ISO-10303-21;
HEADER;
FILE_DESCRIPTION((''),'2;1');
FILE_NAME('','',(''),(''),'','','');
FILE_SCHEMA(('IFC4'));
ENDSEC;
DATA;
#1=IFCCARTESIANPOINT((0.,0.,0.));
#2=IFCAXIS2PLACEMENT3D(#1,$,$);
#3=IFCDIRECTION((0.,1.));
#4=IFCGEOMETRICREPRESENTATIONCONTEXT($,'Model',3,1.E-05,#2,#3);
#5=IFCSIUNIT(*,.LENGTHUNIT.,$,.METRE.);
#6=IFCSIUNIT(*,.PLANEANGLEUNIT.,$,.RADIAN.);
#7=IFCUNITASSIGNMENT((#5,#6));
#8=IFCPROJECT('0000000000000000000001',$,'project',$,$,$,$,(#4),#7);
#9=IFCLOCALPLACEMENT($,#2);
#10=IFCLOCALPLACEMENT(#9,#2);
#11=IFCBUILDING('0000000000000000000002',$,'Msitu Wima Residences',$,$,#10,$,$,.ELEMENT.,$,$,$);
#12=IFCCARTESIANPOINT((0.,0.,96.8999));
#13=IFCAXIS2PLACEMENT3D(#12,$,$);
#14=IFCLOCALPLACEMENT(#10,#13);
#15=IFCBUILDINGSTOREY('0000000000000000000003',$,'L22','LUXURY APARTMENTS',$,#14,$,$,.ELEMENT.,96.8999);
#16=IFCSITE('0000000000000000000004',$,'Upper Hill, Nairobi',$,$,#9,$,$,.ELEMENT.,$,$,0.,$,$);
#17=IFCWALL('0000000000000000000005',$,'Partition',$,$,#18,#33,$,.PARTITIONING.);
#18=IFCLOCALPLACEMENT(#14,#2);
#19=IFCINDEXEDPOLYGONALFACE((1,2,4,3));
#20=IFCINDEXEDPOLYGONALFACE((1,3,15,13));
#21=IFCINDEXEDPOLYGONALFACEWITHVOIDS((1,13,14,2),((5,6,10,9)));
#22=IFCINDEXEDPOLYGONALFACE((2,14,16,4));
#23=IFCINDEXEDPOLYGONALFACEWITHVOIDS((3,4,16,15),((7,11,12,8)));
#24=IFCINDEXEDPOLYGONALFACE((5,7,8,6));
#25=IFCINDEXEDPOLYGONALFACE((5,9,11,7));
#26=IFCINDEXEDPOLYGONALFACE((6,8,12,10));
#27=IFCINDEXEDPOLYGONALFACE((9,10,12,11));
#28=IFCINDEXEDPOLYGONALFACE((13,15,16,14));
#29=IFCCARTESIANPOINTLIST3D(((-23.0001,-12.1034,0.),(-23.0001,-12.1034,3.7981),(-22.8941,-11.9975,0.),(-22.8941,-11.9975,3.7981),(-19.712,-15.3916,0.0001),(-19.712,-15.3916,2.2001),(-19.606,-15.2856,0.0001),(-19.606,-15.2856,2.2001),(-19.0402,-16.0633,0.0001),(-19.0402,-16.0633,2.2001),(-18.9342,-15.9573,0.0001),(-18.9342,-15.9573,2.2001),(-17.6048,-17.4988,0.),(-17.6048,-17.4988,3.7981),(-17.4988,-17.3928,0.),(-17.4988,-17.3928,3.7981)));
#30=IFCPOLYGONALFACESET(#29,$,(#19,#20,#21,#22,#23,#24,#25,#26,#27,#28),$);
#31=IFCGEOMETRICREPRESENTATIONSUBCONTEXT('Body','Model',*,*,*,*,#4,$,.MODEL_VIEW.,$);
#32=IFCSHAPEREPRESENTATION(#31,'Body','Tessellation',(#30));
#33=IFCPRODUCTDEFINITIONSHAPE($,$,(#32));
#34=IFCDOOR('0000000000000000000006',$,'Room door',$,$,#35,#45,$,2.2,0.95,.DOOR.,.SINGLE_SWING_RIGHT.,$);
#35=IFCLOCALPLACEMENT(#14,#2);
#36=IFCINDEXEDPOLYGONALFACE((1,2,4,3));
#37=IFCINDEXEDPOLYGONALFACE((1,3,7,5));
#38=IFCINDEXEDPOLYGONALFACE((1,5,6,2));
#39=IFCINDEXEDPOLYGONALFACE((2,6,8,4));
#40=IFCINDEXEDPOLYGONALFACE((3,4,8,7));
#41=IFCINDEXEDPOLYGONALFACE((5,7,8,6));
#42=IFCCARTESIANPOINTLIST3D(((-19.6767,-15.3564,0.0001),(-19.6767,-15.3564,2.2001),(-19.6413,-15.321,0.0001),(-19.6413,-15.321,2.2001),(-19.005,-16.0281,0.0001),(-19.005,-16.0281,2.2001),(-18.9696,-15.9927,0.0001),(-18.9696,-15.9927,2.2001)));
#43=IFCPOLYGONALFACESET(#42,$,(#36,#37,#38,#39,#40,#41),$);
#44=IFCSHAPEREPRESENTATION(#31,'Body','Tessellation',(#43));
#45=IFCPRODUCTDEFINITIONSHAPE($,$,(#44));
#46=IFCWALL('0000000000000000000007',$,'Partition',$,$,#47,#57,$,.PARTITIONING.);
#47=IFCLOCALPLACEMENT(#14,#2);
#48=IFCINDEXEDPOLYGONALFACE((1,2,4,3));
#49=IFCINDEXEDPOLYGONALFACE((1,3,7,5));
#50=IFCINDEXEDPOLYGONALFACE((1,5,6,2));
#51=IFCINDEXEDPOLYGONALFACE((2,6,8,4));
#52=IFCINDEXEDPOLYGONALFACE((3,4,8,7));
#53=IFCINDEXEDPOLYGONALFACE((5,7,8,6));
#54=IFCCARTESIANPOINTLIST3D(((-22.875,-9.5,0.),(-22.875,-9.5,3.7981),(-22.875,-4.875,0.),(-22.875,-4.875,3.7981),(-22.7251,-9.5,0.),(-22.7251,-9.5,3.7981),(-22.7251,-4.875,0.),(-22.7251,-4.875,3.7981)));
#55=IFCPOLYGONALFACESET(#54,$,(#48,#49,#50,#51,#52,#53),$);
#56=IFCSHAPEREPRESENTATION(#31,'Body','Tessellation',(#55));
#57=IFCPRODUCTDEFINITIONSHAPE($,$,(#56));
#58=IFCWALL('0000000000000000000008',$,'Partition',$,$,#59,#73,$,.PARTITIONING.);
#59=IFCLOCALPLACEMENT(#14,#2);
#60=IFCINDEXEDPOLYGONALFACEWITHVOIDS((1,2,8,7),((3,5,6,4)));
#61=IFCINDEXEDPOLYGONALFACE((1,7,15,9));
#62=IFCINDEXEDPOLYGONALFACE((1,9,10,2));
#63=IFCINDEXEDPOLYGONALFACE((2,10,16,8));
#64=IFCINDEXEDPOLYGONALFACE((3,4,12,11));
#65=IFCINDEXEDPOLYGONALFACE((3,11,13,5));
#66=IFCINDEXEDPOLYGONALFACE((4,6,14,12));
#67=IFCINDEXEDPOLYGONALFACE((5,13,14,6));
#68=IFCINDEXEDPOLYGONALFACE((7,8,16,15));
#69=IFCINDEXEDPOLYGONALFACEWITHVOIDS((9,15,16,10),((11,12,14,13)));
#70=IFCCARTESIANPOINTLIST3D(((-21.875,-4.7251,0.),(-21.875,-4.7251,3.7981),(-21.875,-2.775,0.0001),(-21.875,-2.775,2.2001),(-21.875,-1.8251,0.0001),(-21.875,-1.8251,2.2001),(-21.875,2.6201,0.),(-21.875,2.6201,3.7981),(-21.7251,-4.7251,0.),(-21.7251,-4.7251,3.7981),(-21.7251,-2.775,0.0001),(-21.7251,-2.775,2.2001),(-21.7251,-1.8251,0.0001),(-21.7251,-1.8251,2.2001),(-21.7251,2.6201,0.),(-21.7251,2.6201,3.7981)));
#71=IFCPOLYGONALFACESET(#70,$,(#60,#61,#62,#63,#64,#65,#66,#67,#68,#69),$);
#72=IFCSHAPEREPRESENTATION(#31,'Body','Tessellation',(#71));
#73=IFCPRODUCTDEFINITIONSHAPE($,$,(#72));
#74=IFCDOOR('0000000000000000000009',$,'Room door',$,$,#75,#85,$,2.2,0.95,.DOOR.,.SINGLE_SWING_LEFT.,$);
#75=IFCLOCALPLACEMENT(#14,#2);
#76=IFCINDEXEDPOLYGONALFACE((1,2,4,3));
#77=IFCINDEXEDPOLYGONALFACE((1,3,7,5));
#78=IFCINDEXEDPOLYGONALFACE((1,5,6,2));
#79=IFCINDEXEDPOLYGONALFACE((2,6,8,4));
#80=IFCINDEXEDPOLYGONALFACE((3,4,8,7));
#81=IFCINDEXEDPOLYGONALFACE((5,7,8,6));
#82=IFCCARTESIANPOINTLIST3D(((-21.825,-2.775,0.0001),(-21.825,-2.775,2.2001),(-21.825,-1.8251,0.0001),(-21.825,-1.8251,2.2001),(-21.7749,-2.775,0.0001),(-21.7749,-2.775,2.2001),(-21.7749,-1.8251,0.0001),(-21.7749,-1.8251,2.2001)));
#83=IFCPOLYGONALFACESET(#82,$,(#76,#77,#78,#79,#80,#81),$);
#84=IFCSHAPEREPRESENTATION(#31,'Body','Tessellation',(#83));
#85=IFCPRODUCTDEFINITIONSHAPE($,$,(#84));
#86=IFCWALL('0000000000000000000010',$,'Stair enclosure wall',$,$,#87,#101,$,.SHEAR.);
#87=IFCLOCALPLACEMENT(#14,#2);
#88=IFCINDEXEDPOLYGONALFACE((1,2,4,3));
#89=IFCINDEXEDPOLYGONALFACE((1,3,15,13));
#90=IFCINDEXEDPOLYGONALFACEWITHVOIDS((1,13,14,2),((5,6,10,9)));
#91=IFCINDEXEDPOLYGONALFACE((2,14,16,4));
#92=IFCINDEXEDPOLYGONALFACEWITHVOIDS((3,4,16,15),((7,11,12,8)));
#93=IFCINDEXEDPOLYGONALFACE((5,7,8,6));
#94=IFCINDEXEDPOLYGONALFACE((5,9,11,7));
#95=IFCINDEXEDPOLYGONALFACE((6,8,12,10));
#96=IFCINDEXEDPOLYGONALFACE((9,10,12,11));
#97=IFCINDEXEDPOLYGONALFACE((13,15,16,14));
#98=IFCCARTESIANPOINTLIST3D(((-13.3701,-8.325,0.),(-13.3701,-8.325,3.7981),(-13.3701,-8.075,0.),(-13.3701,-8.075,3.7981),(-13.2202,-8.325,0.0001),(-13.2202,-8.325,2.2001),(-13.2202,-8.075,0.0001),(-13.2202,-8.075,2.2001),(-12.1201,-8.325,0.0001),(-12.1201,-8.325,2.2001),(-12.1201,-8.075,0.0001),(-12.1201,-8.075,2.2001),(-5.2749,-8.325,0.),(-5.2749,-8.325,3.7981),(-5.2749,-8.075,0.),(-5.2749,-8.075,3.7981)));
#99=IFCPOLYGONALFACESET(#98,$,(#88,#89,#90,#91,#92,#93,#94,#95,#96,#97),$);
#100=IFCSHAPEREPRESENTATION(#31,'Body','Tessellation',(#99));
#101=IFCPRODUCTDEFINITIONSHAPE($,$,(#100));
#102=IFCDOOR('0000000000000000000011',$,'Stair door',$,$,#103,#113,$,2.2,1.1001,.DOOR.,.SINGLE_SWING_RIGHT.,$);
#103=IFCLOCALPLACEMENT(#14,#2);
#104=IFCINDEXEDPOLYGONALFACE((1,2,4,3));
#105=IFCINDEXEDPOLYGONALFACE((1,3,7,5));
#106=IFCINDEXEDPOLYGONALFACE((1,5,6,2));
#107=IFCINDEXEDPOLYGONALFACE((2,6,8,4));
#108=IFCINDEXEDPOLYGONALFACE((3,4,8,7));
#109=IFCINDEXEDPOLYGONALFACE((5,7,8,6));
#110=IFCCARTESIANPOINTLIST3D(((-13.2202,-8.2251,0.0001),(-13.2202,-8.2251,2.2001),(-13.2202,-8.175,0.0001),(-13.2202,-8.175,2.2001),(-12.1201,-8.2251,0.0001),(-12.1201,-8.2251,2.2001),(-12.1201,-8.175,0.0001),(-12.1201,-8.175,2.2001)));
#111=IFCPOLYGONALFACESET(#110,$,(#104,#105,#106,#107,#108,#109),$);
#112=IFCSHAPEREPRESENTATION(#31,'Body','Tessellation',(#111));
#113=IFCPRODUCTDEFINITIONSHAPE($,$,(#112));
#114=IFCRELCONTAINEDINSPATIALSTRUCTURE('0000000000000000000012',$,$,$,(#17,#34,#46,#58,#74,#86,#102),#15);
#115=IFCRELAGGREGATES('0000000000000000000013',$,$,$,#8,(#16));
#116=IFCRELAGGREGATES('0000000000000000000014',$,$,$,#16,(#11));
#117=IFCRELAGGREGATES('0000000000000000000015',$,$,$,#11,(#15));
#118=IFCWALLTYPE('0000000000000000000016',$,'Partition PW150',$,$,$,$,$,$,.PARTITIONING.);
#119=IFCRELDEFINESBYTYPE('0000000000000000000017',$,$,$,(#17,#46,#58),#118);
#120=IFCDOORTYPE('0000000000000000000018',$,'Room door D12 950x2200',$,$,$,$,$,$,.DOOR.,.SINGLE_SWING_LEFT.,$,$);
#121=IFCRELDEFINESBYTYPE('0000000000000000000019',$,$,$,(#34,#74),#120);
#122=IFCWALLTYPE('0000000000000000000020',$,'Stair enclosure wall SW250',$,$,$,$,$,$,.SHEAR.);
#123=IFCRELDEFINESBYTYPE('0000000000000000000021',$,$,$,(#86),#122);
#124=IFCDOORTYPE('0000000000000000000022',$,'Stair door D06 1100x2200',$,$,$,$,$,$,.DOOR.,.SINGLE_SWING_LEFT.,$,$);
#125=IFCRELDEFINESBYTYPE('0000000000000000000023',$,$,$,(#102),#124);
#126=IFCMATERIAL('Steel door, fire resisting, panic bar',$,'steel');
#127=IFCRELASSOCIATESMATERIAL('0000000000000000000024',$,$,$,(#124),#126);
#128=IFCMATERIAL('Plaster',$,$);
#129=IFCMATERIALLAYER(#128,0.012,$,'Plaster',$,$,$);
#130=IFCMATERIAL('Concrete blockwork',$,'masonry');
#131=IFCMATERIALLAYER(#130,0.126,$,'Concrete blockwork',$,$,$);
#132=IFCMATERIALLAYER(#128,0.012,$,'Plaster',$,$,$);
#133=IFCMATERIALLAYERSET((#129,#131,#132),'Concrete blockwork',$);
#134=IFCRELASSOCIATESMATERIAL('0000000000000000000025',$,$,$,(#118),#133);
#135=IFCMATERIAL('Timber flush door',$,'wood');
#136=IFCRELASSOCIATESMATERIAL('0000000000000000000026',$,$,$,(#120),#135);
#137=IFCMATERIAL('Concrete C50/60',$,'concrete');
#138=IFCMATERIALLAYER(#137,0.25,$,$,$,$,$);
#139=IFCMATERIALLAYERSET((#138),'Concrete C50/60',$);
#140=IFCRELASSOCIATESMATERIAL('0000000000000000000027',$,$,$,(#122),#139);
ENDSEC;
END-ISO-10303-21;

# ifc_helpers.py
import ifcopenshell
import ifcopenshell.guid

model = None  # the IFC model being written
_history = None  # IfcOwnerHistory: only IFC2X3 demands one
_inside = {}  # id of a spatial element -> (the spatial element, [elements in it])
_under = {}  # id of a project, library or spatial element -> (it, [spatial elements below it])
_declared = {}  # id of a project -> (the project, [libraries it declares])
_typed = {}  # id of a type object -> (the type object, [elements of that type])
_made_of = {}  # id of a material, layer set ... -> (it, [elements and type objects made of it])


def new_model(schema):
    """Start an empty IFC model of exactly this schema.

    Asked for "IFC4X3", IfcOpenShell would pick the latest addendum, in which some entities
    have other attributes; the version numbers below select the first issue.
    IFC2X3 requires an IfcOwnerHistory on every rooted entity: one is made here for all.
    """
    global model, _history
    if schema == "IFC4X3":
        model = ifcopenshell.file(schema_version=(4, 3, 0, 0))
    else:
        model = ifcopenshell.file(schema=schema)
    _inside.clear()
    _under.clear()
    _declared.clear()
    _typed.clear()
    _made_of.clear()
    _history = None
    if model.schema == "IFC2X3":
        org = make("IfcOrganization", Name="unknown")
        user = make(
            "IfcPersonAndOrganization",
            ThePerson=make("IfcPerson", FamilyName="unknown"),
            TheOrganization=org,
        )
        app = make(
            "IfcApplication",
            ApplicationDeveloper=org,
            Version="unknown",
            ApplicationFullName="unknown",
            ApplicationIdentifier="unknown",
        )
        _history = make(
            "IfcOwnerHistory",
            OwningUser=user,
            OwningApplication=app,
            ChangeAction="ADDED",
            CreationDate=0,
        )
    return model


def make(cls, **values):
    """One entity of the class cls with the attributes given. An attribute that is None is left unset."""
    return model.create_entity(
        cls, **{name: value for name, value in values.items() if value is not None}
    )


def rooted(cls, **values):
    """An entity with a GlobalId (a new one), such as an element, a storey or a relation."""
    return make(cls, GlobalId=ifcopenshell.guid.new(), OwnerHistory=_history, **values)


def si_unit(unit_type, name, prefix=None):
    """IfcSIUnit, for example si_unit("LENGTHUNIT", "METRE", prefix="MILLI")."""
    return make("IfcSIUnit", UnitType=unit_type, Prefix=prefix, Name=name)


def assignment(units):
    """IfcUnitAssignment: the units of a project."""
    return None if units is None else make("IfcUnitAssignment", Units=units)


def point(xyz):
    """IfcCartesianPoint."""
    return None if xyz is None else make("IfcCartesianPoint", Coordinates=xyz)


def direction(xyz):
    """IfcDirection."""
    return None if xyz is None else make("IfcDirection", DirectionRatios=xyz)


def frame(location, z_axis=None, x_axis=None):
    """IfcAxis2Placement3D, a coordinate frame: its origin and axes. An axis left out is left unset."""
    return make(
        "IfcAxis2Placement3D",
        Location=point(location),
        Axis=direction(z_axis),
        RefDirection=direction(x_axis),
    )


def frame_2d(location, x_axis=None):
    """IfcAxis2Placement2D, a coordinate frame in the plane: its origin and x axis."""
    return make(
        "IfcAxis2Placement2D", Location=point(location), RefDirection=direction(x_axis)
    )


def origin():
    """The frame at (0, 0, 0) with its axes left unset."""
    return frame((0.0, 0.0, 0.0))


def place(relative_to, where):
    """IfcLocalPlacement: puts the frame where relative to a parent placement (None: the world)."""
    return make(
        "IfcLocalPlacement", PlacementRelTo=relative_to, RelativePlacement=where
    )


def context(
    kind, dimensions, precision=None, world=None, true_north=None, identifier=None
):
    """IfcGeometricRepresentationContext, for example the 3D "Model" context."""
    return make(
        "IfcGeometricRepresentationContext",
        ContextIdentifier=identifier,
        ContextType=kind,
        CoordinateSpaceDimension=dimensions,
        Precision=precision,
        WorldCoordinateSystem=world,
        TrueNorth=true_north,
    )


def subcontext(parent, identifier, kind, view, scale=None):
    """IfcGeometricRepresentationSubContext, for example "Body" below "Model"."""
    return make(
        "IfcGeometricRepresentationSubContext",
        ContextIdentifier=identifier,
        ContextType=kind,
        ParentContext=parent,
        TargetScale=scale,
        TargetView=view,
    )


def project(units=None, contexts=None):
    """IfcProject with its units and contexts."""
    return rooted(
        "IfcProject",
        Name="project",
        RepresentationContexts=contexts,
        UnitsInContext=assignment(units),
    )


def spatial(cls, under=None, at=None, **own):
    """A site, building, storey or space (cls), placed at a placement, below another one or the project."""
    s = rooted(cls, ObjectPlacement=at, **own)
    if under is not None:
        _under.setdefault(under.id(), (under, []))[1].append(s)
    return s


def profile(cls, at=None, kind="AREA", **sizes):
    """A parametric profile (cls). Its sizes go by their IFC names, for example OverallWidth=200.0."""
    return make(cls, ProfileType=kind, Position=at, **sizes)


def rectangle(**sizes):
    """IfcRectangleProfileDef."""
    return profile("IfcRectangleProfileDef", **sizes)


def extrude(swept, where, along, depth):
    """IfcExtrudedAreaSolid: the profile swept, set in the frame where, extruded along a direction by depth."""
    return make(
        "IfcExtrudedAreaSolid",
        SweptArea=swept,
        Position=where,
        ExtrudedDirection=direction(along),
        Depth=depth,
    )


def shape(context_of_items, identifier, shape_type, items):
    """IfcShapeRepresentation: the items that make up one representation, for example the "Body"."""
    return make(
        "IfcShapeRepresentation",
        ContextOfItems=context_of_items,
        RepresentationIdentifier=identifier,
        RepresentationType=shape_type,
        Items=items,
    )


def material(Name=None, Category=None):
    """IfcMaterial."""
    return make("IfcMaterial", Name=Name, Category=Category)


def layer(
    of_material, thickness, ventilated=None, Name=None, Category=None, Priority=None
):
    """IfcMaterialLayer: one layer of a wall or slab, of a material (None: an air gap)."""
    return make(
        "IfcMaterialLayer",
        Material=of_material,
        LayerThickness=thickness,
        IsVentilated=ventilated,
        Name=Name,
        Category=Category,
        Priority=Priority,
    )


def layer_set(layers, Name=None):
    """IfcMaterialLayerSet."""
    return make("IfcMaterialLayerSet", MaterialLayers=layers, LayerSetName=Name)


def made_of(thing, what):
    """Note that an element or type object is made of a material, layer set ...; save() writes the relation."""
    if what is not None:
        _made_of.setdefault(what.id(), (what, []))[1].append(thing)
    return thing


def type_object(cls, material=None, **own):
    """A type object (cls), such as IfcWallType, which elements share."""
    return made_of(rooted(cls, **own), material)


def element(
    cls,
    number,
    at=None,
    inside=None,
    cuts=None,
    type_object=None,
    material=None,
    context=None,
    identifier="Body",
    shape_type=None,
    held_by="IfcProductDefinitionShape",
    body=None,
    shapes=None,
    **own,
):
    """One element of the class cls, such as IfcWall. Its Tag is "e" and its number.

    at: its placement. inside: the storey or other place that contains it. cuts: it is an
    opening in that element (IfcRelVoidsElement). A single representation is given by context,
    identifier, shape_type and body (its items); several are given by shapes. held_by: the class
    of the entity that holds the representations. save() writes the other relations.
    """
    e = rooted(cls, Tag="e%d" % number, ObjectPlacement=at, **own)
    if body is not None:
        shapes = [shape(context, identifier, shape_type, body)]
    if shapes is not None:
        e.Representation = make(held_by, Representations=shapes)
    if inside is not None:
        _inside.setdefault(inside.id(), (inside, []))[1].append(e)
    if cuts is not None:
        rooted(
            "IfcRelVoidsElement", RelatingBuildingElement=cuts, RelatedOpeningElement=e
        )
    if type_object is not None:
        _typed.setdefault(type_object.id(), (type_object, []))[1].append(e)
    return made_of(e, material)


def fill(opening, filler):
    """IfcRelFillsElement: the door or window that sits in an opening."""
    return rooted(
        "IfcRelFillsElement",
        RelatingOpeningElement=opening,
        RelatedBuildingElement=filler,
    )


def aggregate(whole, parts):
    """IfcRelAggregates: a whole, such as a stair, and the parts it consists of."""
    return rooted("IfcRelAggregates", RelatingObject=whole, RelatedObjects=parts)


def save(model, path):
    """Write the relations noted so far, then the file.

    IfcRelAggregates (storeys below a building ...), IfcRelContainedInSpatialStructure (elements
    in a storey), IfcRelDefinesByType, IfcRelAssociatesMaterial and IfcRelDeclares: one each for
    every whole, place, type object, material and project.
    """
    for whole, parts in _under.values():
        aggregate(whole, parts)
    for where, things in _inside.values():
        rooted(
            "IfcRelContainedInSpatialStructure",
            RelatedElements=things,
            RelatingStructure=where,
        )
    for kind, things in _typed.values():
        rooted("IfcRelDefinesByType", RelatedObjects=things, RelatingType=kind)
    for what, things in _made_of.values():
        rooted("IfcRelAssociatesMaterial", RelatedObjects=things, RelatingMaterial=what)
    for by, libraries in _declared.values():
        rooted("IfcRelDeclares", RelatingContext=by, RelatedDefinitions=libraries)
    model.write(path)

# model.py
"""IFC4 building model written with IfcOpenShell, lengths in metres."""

from ifc_helpers import new_model, si_unit, direction, frame, frame_2d, origin, place, context, subcontext, project, spatial, rectangle, extrude, material, layer, layer_set, type_object, element, fill, save


model = new_model("IFC4")

# Units and contexts
model_context = context("Model", 3, precision=1e-05, world=origin(), true_north=direction((0.0, 1.0)))
body_context = subcontext(model_context, "Body", "Model", "MODEL_VIEW")
ifc_project = project(units=[si_unit("LENGTHUNIT", "METRE"), si_unit("PLANEANGLEUNIT", "RADIAN")], contexts=[model_context])

# Site, building, storey
site_placement = place(None, origin())
site = spatial("IfcSite", under=ifc_project, at=site_placement, Name="Upper Hill, Nairobi", CompositionType="ELEMENT", RefElevation=0.0)
building_placement = place(site_placement, origin())
building = spatial("IfcBuilding", under=site, at=building_placement, Name="Msitu Wima Residences", CompositionType="ELEMENT")
storey_placement = place(building_placement, frame((0.0, 0.0, 96.8999)))
storey = spatial("IfcBuildingStorey", under=building, at=storey_placement, Name="L22", Description="LUXURY APARTMENTS", CompositionType="ELEMENT", Elevation=96.8999)

# Shared definitions
ifc_material_1 = material(Name="Concrete C50/60", Category="concrete")

# Shared definitions
ifc_material_2 = material(Name="Steel door, fire resisting, panic bar", Category="steel")
door_type_1 = type_object("IfcDoorType", Name="Stair door D06 1100x2200", OperationType="SINGLE_SWING_LEFT", PredefinedType="DOOR", material=ifc_material_2)

# Shared definitions
ifc_material_3 = material(Name="Plaster")
ifc_material_4 = material(Name="Concrete blockwork", Category="masonry")

# Shared definitions
ifc_layer_1 = layer(ifc_material_3, 0.012, Name="Plaster")
ifc_layer_2 = layer(ifc_material_4, 0.126, Name="Concrete blockwork")
ifc_layer_3 = layer(ifc_material_3, 0.012, Name="Plaster")
ifc_layer_set_1 = layer_set([ifc_layer_1, ifc_layer_2, ifc_layer_3], Name="Concrete blockwork")
wall_type_1 = type_object("IfcWallType", Name="Partition PW150", PredefinedType="PARTITIONING", material=ifc_layer_set_1)
ifc_material_5 = material(Name="Timber flush door", Category="wood")
door_type_2 = type_object("IfcDoorType", Name="Room door D12 950x2200", OperationType="SINGLE_SWING_LEFT", PredefinedType="DOOR", material=ifc_material_5)

# Wall, opening, door
wall_1_placement = place(storey_placement, frame((-22.947, -12.0505, 0.0), z_axis=(0.0, 0.0, 1.0), x_axis=(0.707107, -0.707107, 0.0)))
wall_1 = element("IfcWall", 1, at=wall_1_placement, inside=storey, type_object=wall_type_1, Name="Partition", PredefinedType="PARTITIONING", context=body_context, shape_type="SweptSolid", body=[
    extrude(rectangle(XDim=7.6301, YDim=0.1499, at=frame_2d((3.8149, 0.0))), origin(), (0.0, 0.0, 1.0), 3.7981),
])
opening_1_placement = place(wall_1_placement, frame((4.6499, 0.0, 0.0)))
opening_1 = element("IfcOpeningElement", 2, at=opening_1_placement, cuts=wall_1, PredefinedType="OPENING", context=body_context, shape_type="SweptSolid", body=[
    extrude(rectangle(XDim=0.95, YDim=2.2, at=frame_2d((0.4751, 1.1001))), frame((0.0, 0.085, 0.0), z_axis=(0.0, -1.0, 0.0), x_axis=(1.0, 0.0, 0.0)), (0.0, 0.0, 1.0), 0.1699),
])
door_1_placement = place(opening_1_placement, origin())
door_1 = element("IfcDoor", 3, at=door_1_placement, inside=storey, type_object=door_type_2, Name="Room door", OperationType="SINGLE_SWING_RIGHT", OverallHeight=2.2, OverallWidth=0.95, PredefinedType="DOOR", context=body_context, shape_type="SweptSolid", body=[
    extrude(rectangle(XDim=0.95, YDim=2.2, at=frame_2d((0.4751, 1.1001))), frame((0.0, 0.0249, 0.0), z_axis=(0.0, -1.0, 0.0), x_axis=(1.0, 0.0, 0.0)), (0.0, 0.0, 1.0), 0.05),
])
fill(opening_1, door_1)

# Wall
wall_2_placement = place(storey_placement, frame((-22.8, -9.5, 0.0), z_axis=(0.0, 0.0, 1.0), x_axis=(0.0, 1.0, 0.0)))
element("IfcWall", 4, at=wall_2_placement, inside=storey, type_object=wall_type_1, Name="Partition", PredefinedType="PARTITIONING", context=body_context, shape_type="SweptSolid", body=[
    extrude(rectangle(XDim=4.625, YDim=0.1499, at=frame_2d((2.3125, 0.0))), origin(), (0.0, 0.0, 1.0), 3.7981),
])

# Walls, openings, doors
wall_3_placement = place(storey_placement, frame((-21.8, -4.7251, 0.0), z_axis=(0.0, 0.0, 1.0), x_axis=(0.0, 1.0, 0.0)))
wall_3 = element("IfcWall", 5, at=wall_3_placement, inside=storey, type_object=wall_type_1, Name="Partition", PredefinedType="PARTITIONING", context=body_context, shape_type="SweptSolid", body=[
    extrude(rectangle(XDim=7.3452, YDim=0.1499, at=frame_2d((3.6726, 0.0))), origin(), (0.0, 0.0, 1.0), 3.7981),
])
opening_2_placement = place(wall_3_placement, frame((1.95, 0.0, 0.0)))
opening_2 = element("IfcOpeningElement", 6, at=opening_2_placement, cuts=wall_3, PredefinedType="OPENING", context=body_context, shape_type="SweptSolid", body=[
    extrude(rectangle(XDim=0.95, YDim=2.2, at=frame_2d((0.4751, 1.1001))), frame((0.0, 0.085, 0.0), z_axis=(0.0, -1.0, 0.0), x_axis=(1.0, 0.0, 0.0)), (0.0, 0.0, 1.0), 0.1699),
])
door_2_placement = place(opening_2_placement, origin())
door_2 = element("IfcDoor", 7, at=door_2_placement, inside=storey, type_object=door_type_2, Name="Room door", OperationType="SINGLE_SWING_LEFT", OverallHeight=2.2, OverallWidth=0.95, PredefinedType="DOOR", context=body_context, shape_type="SweptSolid", body=[
    extrude(rectangle(XDim=0.95, YDim=2.2, at=frame_2d((0.4751, 1.1001))), frame((0.0, 0.0249, 0.0), z_axis=(0.0, -1.0, 0.0), x_axis=(1.0, 0.0, 0.0)), (0.0, 0.0, 1.0), 0.05),
])
fill(opening_2, door_2)
ifc_layer_4 = layer(ifc_material_1, 0.25)
ifc_layer_set_2 = layer_set([ifc_layer_4], Name="Concrete C50/60")
wall_type_2 = type_object("IfcWallType", Name="Stair enclosure wall SW250", PredefinedType="SHEAR", material=ifc_layer_set_2)
wall_4_placement = place(storey_placement, frame((-13.3701, -8.2, 0.0), z_axis=(0.0, 0.0, 1.0), x_axis=(1.0, 0.0, 0.0)))
wall_4 = element("IfcWall", 8, at=wall_4_placement, inside=storey, type_object=wall_type_2, Name="Stair enclosure wall", PredefinedType="SHEAR", context=body_context, shape_type="SweptSolid", body=[
    extrude(rectangle(XDim=8.0952, YDim=0.25, at=frame_2d((4.0476, 0.0))), origin(), (0.0, 0.0, 1.0), 3.7981),
])
opening_3_placement = place(wall_4_placement, frame((0.1499, 0.0, 0.0)))
opening_3 = element("IfcOpeningElement", 9, at=opening_3_placement, cuts=wall_4, PredefinedType="OPENING", context=body_context, shape_type="SweptSolid", body=[
    extrude(rectangle(XDim=1.1001, YDim=2.2, at=frame_2d((0.55, 1.1001))), frame((0.0, 0.135, 0.0), z_axis=(0.0, -1.0, 0.0), x_axis=(1.0, 0.0, 0.0)), (0.0, 0.0, 1.0), 0.27),
])
door_3_placement = place(opening_3_placement, origin())
door_3 = element("IfcDoor", 10, at=door_3_placement, inside=storey, type_object=door_type_1, Name="Stair door", OperationType="SINGLE_SWING_RIGHT", OverallHeight=2.2, OverallWidth=1.1001, PredefinedType="DOOR", context=body_context, shape_type="SweptSolid", body=[
    extrude(rectangle(XDim=1.1001, YDim=2.2, at=frame_2d((0.55, 1.1001))), frame((0.0, 0.0249, 0.0), z_axis=(0.0, -1.0, 0.0), x_axis=(1.0, 0.0, 0.0)), (0.0, 0.0, 1.0), 0.05),
])
fill(opening_3, door_3)

save(model, "model.ifc")
